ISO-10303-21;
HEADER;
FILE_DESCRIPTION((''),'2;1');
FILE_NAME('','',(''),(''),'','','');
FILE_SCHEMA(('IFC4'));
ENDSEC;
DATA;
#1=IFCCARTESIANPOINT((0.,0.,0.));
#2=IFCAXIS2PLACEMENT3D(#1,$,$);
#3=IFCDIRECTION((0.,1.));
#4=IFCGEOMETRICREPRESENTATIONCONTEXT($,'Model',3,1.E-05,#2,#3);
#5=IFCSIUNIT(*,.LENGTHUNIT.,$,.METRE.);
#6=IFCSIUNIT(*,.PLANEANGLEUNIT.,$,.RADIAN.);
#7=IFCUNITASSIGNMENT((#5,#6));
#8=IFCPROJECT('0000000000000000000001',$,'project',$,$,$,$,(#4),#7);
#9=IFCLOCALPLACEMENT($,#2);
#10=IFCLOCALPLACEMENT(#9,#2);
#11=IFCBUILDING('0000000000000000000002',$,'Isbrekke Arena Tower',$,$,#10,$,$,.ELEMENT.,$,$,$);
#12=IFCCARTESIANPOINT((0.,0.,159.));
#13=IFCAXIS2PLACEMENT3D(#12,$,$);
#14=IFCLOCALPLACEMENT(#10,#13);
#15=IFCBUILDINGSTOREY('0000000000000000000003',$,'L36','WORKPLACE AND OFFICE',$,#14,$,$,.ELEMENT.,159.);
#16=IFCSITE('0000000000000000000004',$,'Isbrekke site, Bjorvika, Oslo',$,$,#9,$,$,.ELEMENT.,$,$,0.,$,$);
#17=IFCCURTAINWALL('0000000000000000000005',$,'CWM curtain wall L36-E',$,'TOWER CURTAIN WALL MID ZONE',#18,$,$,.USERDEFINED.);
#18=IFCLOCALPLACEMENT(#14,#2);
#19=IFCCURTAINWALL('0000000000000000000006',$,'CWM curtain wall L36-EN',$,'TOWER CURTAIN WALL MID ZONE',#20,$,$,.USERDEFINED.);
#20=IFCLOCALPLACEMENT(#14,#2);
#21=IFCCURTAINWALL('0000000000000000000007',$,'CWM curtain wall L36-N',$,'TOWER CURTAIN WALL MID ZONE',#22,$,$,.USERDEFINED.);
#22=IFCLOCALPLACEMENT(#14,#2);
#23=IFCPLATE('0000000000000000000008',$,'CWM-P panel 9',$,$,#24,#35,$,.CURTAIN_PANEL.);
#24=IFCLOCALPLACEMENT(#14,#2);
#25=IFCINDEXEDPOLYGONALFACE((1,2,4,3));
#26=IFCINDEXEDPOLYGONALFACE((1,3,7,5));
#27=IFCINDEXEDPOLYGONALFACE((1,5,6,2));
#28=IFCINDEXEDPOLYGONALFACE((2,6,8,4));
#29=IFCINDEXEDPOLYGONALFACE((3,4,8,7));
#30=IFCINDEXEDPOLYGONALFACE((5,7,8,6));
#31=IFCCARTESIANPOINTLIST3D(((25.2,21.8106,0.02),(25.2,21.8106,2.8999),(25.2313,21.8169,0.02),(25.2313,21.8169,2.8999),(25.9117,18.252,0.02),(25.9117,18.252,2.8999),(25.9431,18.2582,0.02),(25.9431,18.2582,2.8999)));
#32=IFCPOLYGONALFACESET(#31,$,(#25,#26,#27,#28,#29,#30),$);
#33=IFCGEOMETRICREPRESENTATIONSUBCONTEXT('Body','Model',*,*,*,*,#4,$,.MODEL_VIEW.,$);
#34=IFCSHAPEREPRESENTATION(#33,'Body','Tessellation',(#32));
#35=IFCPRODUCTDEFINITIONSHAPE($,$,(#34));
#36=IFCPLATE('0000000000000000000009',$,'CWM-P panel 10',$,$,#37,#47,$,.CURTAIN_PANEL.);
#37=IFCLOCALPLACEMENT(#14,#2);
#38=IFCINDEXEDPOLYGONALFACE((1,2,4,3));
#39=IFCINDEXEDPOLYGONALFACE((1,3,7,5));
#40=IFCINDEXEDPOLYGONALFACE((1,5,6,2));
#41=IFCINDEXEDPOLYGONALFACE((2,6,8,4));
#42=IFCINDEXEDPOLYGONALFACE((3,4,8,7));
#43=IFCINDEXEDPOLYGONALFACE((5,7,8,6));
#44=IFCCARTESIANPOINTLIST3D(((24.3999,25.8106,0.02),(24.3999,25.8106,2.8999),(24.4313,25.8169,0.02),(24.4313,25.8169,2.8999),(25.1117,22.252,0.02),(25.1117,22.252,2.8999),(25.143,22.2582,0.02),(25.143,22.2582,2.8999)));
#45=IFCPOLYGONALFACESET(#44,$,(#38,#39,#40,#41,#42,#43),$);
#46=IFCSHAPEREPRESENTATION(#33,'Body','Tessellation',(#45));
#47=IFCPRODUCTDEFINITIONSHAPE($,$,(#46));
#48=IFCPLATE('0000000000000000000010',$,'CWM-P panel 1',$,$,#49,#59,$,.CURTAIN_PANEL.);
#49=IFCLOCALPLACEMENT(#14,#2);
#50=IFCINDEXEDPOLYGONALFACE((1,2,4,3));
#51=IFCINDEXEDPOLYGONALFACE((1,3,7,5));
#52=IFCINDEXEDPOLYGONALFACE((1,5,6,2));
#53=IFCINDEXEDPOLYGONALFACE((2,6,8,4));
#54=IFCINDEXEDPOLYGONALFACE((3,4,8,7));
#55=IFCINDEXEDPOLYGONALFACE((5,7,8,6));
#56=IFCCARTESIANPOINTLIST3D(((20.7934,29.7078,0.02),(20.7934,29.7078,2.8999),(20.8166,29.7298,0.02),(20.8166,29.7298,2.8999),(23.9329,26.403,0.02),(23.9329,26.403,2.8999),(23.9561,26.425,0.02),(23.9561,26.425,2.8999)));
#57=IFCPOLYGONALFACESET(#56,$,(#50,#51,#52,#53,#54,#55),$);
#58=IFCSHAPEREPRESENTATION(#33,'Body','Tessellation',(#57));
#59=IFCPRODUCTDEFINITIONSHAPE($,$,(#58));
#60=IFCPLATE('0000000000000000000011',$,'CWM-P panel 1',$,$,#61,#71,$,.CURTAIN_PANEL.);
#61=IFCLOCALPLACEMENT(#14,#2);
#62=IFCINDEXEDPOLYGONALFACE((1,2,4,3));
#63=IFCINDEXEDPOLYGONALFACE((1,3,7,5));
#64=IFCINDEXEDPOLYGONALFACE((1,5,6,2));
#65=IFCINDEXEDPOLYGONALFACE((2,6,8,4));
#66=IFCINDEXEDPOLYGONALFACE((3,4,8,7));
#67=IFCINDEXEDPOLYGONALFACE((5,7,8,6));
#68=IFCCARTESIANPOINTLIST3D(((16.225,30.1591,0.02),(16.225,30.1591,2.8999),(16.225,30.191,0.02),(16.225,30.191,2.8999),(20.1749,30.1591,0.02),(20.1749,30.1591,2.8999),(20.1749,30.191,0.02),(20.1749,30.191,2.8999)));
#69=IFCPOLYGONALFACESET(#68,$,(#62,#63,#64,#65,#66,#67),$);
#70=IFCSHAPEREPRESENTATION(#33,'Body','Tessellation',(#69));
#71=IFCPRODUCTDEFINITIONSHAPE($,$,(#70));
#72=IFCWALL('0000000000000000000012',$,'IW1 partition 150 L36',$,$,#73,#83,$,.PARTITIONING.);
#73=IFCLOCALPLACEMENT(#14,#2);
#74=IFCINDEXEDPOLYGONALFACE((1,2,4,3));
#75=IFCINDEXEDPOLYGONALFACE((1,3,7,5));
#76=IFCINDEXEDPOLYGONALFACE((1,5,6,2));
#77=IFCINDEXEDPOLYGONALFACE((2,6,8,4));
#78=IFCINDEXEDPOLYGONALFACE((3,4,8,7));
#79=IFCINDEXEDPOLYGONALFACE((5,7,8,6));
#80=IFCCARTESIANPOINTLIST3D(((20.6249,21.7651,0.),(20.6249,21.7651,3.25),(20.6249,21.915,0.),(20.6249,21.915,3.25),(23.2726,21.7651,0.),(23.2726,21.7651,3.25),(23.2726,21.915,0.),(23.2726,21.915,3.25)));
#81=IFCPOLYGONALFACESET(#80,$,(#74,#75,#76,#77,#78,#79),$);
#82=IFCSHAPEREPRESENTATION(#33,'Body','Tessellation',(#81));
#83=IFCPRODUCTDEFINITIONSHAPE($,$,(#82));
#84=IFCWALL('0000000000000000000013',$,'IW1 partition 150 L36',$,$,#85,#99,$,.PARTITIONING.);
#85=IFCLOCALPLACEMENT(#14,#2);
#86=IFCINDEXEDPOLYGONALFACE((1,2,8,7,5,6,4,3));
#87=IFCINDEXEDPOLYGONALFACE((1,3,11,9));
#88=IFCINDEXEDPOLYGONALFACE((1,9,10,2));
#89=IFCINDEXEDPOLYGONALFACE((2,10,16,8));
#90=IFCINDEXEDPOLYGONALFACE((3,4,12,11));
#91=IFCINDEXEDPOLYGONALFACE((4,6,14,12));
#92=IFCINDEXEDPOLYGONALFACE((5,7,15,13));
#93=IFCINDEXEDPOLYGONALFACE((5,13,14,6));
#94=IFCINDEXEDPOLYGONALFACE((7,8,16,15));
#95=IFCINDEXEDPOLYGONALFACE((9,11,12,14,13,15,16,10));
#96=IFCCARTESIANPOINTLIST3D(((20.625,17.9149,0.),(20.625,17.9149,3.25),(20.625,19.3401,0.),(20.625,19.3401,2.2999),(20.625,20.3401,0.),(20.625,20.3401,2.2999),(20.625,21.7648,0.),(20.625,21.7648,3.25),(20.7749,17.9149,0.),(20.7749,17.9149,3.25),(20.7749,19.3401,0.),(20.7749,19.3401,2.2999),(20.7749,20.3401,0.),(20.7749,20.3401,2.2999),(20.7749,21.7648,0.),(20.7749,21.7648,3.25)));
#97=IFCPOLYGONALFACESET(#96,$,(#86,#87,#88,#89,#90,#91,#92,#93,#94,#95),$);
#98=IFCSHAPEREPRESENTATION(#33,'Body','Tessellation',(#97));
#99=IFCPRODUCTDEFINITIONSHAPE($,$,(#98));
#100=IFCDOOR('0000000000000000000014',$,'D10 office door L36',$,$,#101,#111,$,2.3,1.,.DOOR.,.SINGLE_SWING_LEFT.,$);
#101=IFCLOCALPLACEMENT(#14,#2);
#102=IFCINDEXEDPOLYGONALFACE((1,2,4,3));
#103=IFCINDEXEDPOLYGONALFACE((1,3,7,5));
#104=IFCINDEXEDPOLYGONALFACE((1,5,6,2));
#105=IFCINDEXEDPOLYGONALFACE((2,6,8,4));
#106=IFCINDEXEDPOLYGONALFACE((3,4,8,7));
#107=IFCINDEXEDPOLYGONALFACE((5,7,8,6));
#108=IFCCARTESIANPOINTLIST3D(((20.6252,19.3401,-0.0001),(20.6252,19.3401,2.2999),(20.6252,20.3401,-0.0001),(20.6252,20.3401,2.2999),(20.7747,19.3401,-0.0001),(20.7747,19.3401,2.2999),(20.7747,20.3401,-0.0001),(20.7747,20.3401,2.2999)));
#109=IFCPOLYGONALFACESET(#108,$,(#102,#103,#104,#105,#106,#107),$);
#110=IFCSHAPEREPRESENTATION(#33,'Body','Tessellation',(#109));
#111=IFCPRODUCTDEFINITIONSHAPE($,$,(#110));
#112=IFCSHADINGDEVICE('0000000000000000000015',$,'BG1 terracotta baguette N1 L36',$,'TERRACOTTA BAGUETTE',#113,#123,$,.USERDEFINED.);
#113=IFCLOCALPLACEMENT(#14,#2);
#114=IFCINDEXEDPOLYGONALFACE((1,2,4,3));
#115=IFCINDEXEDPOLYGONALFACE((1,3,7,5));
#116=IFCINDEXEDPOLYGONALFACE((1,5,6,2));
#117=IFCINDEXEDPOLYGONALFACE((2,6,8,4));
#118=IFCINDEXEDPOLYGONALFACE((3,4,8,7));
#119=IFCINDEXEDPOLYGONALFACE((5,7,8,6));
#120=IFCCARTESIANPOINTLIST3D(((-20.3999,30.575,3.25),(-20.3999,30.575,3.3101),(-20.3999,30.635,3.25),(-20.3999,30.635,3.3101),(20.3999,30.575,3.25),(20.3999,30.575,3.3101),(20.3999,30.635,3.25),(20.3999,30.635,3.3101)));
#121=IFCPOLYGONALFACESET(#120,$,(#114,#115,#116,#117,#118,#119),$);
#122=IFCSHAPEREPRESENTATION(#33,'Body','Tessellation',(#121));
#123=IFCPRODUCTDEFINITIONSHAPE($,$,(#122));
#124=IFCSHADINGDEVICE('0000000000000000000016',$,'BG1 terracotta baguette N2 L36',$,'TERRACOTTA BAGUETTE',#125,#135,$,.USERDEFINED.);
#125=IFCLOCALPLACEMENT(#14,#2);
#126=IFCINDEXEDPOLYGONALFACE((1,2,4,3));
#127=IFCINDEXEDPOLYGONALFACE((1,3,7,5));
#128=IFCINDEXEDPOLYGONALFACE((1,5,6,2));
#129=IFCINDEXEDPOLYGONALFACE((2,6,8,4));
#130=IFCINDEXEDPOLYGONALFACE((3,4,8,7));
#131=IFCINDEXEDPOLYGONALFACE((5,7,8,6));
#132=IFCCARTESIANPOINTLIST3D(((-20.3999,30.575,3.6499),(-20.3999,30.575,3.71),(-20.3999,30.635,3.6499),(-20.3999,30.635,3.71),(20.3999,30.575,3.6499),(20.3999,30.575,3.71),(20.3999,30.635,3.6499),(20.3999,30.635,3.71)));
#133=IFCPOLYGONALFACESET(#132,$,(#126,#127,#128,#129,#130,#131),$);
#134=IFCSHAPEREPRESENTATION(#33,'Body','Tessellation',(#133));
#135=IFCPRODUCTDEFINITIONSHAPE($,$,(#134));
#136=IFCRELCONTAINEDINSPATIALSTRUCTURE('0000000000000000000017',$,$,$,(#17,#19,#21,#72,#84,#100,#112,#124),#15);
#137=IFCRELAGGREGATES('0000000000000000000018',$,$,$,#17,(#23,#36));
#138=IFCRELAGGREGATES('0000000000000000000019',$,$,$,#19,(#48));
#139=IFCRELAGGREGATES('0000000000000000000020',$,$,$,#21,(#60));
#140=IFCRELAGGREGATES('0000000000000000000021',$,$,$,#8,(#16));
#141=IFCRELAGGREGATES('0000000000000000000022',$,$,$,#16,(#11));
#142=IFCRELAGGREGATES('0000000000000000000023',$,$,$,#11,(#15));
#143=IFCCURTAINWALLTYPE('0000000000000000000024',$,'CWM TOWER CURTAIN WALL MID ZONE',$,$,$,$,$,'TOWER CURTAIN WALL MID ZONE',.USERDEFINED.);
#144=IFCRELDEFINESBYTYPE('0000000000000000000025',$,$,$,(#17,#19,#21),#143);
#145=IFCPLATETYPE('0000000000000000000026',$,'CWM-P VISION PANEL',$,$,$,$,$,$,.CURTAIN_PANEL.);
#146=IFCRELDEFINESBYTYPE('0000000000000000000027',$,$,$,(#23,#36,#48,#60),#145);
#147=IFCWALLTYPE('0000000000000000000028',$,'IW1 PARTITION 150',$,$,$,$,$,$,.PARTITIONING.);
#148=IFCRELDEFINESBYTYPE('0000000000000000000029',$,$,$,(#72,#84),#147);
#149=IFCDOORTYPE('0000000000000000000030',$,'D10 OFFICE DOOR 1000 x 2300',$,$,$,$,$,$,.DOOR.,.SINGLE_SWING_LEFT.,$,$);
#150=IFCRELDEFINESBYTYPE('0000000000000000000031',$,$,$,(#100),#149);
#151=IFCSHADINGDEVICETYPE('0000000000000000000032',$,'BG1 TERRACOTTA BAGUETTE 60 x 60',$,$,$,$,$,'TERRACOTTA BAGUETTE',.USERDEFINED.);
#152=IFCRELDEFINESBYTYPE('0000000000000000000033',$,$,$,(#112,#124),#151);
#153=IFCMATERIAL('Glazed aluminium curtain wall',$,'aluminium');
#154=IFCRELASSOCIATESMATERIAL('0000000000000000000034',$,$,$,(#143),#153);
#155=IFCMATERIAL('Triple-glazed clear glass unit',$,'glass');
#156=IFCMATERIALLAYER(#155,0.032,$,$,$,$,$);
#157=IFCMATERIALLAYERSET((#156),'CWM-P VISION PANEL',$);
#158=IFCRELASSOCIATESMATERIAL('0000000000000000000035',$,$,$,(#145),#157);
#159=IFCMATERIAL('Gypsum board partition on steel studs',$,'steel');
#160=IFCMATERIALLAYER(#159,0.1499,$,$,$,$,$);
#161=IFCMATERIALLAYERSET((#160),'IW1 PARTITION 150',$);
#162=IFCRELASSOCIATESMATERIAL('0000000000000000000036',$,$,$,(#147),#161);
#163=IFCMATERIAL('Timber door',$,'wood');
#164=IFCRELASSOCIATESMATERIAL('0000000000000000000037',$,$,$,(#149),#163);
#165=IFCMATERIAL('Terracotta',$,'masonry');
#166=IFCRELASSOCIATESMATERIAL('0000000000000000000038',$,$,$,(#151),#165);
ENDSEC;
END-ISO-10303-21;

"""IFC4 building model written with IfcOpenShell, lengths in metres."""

from ifc_helpers import new_model, si_unit, direction, frame, frame_2d, origin, origin_2d, place, context, subcontext, project, spatial, rectangle, extrude, material, layer, layer_set, material_profile, profile_set, type_object, element, fill, aggregate, save


model = new_model("IFC4")

# Units and contexts
model_context = context("Model", 3, precision=1e-05, world=origin(), true_north=direction((0.0, 1.0)))
body_context = subcontext(model_context, "Body", "Model", "MODEL_VIEW")
ifc_project = project(units=[si_unit("LENGTHUNIT", "METRE"), si_unit("PLANEANGLEUNIT", "RADIAN")], contexts=[model_context])

# Site, building, storey
site_placement = place(None, origin())
site = spatial("IfcSite", under=ifc_project, at=site_placement, Name="Isbrekke site, Bjorvika, Oslo", CompositionType="ELEMENT", RefElevation=0.0)
building_placement = place(site_placement, origin())
building = spatial("IfcBuilding", under=site, at=building_placement, Name="Isbrekke Arena Tower", CompositionType="ELEMENT")
storey_placement = place(building_placement, frame((0.0, 0.0, 159.0)))
storey = spatial("IfcBuildingStorey", under=building, at=storey_placement, Name="L36", Description="WORKPLACE AND OFFICE", CompositionType="ELEMENT", Elevation=159.0)

# Curtain walls
ifc_material_1 = material(Name="Glazed aluminium curtain wall", Category="aluminium")
curtain_wall_type = type_object("IfcCurtainWallType", Name="CWM TOWER CURTAIN WALL MID ZONE", ElementType="TOWER CURTAIN WALL MID ZONE", PredefinedType="USERDEFINED", material=ifc_material_1)
curtain_wall_1_placement = place(storey_placement, origin())
curtain_wall_1 = element("IfcCurtainWall", 1, at=curtain_wall_1_placement, inside=storey, type_object=curtain_wall_type, Name="CWM curtain wall L36-E", ObjectType="TOWER CURTAIN WALL MID ZONE", PredefinedType="USERDEFINED")
curtain_wall_2_placement = place(storey_placement, origin())
curtain_wall_2 = element("IfcCurtainWall", 2, at=curtain_wall_2_placement, inside=storey, type_object=curtain_wall_type, Name="CWM curtain wall L36-EN", ObjectType="TOWER CURTAIN WALL MID ZONE", PredefinedType="USERDEFINED")

# Curtain wall
curtain_wall_3_placement = place(storey_placement, origin())
curtain_wall_3 = element("IfcCurtainWall", 3, at=curtain_wall_3_placement, inside=storey, type_object=curtain_wall_type, Name="CWM curtain wall L36-N", ObjectType="TOWER CURTAIN WALL MID ZONE", PredefinedType="USERDEFINED")

# Plates
ifc_material_2 = material(Name="Triple-glazed clear glass unit", Category="glass")
ifc_layer_1 = layer(ifc_material_2, 0.032)
ifc_layer_set_1 = layer_set([ifc_layer_1], Name="CWM-P VISION PANEL")
plate_type = type_object("IfcPlateType", Name="CWM-P VISION PANEL", PredefinedType="CURTAIN_PANEL", material=ifc_layer_set_1)
plate_1_placement = place(storey_placement, frame((25.5715, 20.0344, 0.02), z_axis=(0.0, 0.0, 1.0), x_axis=(-0.196116, 0.980581, 0.0)))
plate_1 = element("IfcPlate", 4, at=plate_1_placement, type_object=plate_type, Name="CWM-P panel 9", PredefinedType="CURTAIN_PANEL", context=body_context, shape_type="SweptSolid", body=[
    extrude(rectangle(XDim=3.6292, YDim=0.032, at=origin_2d()), origin(), (0.0, 0.0, 1.0), 2.8799),
])
plate_2_placement = place(storey_placement, frame((24.7715, 24.0344, 0.02), z_axis=(0.0, 0.0, 1.0), x_axis=(-0.196116, 0.980581, 0.0)))
plate_2 = element("IfcPlate", 5, at=plate_2_placement, type_object=plate_type, Name="CWM-P panel 10", PredefinedType="CURTAIN_PANEL", context=body_context, shape_type="SweptSolid", body=[
    extrude(rectangle(XDim=3.6292, YDim=0.032, at=origin_2d()), origin(), (0.0, 0.0, 1.0), 2.8799),
])
aggregate(curtain_wall_1, [plate_1, plate_2])
plate_3_placement = place(storey_placement, frame((22.3748, 28.0664, 0.02), z_axis=(0.0, 0.0, 1.0), x_axis=(-0.688749, 0.724999, 0.0)))
plate_3 = element("IfcPlate", 6, at=plate_3_placement, type_object=plate_type, Name="CWM-P panel 1", PredefinedType="CURTAIN_PANEL", context=body_context, shape_type="SweptSolid", body=[
    extrude(rectangle(XDim=4.5583, YDim=0.032, at=origin_2d()), origin(), (0.0, 0.0, 1.0), 2.8799),
])
aggregate(curtain_wall_2, [plate_3])
plate_4_placement = place(storey_placement, frame((18.2, 30.175, 0.02), z_axis=(0.0, 0.0, 1.0), x_axis=(-1.0, 0.0, 0.0)))
plate_4 = element("IfcPlate", 7, at=plate_4_placement, type_object=plate_type, Name="CWM-P panel 1", PredefinedType="CURTAIN_PANEL", context=body_context, shape_type="SweptSolid", body=[
    extrude(rectangle(XDim=3.95, YDim=0.032, at=origin_2d()), origin(), (0.0, 0.0, 1.0), 2.8799),
])
aggregate(curtain_wall_3, [plate_4])

# Wall
ifc_material_3 = material(Name="Gypsum board partition on steel studs", Category="steel")
ifc_layer_2 = layer(ifc_material_3, 0.1499)
ifc_layer_set_2 = layer_set([ifc_layer_2], Name="IW1 PARTITION 150")
wall_type = type_object("IfcWallType", Name="IW1 PARTITION 150", PredefinedType="PARTITIONING", material=ifc_layer_set_2)
wall_1_placement = place(storey_placement, frame((20.625, 21.8401, 0.0), z_axis=(0.0, 0.0, 1.0), x_axis=(1.0, 0.0, 0.0)))
element("IfcWall", 8, at=wall_1_placement, inside=storey, type_object=wall_type, Name="IW1 partition 150 L36", PredefinedType="PARTITIONING", context=body_context, shape_type="SweptSolid", body=[
    extrude(rectangle(XDim=2.6477, YDim=0.1499, at=frame_2d((1.3237, 0.0))), origin(), (0.0, 0.0, 1.0), 3.25),
])

# Wall, opening, door
wall_2_placement = place(storey_placement, frame((20.7, 17.915, 0.0), z_axis=(0.0, 0.0, 1.0), x_axis=(0.0, 1.0, 0.0)))
wall_2 = element("IfcWall", 9, at=wall_2_placement, inside=storey, type_object=wall_type, Name="IW1 partition 150 L36", PredefinedType="PARTITIONING", context=body_context, shape_type="SweptSolid", body=[
    extrude(rectangle(XDim=3.8499, YDim=0.1499, at=frame_2d((1.9248, 0.0))), origin(), (0.0, 0.0, 1.0), 3.25),
])
opening_placement = place(wall_2_placement, frame((1.425, 0.0, 0.0)))
opening = element("IfcOpeningElement", 10, at=opening_placement, cuts=wall_2, PredefinedType="OPENING", context=body_context, shape_type="SweptSolid", body=[
    extrude(rectangle(XDim=1.0, YDim=2.3, at=frame_2d((0.5, 1.1499))), frame((0.0, 0.0898, 0.0), z_axis=(0.0, -1.0, 0.0), x_axis=(1.0, 0.0, 0.0)), (0.0, 0.0, 1.0), 0.1797),
])
ifc_material_4 = material(Name="Timber door", Category="wood")
door_type = type_object("IfcDoorType", Name="D10 OFFICE DOOR 1000 x 2300", OperationType="SINGLE_SWING_LEFT", PredefinedType="DOOR", material=ifc_material_4)
door_placement = place(opening_placement, origin())
door = element("IfcDoor", 11, at=door_placement, inside=storey, type_object=door_type, Name="D10 office door L36", OperationType="SINGLE_SWING_LEFT", OverallHeight=2.3, OverallWidth=1.0, PredefinedType="DOOR", context=body_context, shape_type="SweptSolid", body=[
    extrude(rectangle(XDim=1.0, YDim=2.3, at=frame_2d((0.5, 1.1499))), frame((0.0, 0.0747, 0.0), z_axis=(0.0, -1.0, 0.0), x_axis=(1.0, 0.0, 0.0)), (0.0, 0.0, 1.0), 0.1494),
])
fill(opening, door)

# Shading devices
ifc_material_5 = material(Name="Terracotta", Category="masonry")
ifc_material_profile_1 = material_profile(ifc_material_5, rectangle(XDim=0.0601, YDim=0.0601, at=origin_2d()), Name="BAGUETTE 60X60")
ifc_profile_set_1 = profile_set([ifc_material_profile_1], Name="Terracotta")
shading_device_type = type_object("IfcShadingDeviceType", Name="BG1 TERRACOTTA BAGUETTE 60 x 60", ElementType="TERRACOTTA BAGUETTE", PredefinedType="USERDEFINED", material=ifc_profile_set_1)
for number, where, z_axis, x_axis, name in (
    (12, (20.3999, 30.605, 3.28), (-1.0, 0.0, 0.0), (0.0, -1.0, 0.0), "BG1 terracotta baguette N1 L36"),
    (13, (20.3999, 30.605, 3.6799), (-1.0, 0.0, 0.0), (0.0, -1.0, 0.0), "BG1 terracotta baguette N2 L36"),
):
    element("IfcShadingDevice", number, at=place(storey_placement, frame(where, z_axis=z_axis, x_axis=x_axis)), inside=storey, type_object=shading_device_type, Name=name, ObjectType="TERRACOTTA BAGUETTE", PredefinedType="USERDEFINED", context=body_context, shape_type="SweptSolid", body=[
        extrude(rectangle(XDim=0.0601, YDim=0.0601, at=origin_2d()), origin(), (0.0, 0.0, 1.0), 40.7998),
    ])

save(model, "model.ifc")
